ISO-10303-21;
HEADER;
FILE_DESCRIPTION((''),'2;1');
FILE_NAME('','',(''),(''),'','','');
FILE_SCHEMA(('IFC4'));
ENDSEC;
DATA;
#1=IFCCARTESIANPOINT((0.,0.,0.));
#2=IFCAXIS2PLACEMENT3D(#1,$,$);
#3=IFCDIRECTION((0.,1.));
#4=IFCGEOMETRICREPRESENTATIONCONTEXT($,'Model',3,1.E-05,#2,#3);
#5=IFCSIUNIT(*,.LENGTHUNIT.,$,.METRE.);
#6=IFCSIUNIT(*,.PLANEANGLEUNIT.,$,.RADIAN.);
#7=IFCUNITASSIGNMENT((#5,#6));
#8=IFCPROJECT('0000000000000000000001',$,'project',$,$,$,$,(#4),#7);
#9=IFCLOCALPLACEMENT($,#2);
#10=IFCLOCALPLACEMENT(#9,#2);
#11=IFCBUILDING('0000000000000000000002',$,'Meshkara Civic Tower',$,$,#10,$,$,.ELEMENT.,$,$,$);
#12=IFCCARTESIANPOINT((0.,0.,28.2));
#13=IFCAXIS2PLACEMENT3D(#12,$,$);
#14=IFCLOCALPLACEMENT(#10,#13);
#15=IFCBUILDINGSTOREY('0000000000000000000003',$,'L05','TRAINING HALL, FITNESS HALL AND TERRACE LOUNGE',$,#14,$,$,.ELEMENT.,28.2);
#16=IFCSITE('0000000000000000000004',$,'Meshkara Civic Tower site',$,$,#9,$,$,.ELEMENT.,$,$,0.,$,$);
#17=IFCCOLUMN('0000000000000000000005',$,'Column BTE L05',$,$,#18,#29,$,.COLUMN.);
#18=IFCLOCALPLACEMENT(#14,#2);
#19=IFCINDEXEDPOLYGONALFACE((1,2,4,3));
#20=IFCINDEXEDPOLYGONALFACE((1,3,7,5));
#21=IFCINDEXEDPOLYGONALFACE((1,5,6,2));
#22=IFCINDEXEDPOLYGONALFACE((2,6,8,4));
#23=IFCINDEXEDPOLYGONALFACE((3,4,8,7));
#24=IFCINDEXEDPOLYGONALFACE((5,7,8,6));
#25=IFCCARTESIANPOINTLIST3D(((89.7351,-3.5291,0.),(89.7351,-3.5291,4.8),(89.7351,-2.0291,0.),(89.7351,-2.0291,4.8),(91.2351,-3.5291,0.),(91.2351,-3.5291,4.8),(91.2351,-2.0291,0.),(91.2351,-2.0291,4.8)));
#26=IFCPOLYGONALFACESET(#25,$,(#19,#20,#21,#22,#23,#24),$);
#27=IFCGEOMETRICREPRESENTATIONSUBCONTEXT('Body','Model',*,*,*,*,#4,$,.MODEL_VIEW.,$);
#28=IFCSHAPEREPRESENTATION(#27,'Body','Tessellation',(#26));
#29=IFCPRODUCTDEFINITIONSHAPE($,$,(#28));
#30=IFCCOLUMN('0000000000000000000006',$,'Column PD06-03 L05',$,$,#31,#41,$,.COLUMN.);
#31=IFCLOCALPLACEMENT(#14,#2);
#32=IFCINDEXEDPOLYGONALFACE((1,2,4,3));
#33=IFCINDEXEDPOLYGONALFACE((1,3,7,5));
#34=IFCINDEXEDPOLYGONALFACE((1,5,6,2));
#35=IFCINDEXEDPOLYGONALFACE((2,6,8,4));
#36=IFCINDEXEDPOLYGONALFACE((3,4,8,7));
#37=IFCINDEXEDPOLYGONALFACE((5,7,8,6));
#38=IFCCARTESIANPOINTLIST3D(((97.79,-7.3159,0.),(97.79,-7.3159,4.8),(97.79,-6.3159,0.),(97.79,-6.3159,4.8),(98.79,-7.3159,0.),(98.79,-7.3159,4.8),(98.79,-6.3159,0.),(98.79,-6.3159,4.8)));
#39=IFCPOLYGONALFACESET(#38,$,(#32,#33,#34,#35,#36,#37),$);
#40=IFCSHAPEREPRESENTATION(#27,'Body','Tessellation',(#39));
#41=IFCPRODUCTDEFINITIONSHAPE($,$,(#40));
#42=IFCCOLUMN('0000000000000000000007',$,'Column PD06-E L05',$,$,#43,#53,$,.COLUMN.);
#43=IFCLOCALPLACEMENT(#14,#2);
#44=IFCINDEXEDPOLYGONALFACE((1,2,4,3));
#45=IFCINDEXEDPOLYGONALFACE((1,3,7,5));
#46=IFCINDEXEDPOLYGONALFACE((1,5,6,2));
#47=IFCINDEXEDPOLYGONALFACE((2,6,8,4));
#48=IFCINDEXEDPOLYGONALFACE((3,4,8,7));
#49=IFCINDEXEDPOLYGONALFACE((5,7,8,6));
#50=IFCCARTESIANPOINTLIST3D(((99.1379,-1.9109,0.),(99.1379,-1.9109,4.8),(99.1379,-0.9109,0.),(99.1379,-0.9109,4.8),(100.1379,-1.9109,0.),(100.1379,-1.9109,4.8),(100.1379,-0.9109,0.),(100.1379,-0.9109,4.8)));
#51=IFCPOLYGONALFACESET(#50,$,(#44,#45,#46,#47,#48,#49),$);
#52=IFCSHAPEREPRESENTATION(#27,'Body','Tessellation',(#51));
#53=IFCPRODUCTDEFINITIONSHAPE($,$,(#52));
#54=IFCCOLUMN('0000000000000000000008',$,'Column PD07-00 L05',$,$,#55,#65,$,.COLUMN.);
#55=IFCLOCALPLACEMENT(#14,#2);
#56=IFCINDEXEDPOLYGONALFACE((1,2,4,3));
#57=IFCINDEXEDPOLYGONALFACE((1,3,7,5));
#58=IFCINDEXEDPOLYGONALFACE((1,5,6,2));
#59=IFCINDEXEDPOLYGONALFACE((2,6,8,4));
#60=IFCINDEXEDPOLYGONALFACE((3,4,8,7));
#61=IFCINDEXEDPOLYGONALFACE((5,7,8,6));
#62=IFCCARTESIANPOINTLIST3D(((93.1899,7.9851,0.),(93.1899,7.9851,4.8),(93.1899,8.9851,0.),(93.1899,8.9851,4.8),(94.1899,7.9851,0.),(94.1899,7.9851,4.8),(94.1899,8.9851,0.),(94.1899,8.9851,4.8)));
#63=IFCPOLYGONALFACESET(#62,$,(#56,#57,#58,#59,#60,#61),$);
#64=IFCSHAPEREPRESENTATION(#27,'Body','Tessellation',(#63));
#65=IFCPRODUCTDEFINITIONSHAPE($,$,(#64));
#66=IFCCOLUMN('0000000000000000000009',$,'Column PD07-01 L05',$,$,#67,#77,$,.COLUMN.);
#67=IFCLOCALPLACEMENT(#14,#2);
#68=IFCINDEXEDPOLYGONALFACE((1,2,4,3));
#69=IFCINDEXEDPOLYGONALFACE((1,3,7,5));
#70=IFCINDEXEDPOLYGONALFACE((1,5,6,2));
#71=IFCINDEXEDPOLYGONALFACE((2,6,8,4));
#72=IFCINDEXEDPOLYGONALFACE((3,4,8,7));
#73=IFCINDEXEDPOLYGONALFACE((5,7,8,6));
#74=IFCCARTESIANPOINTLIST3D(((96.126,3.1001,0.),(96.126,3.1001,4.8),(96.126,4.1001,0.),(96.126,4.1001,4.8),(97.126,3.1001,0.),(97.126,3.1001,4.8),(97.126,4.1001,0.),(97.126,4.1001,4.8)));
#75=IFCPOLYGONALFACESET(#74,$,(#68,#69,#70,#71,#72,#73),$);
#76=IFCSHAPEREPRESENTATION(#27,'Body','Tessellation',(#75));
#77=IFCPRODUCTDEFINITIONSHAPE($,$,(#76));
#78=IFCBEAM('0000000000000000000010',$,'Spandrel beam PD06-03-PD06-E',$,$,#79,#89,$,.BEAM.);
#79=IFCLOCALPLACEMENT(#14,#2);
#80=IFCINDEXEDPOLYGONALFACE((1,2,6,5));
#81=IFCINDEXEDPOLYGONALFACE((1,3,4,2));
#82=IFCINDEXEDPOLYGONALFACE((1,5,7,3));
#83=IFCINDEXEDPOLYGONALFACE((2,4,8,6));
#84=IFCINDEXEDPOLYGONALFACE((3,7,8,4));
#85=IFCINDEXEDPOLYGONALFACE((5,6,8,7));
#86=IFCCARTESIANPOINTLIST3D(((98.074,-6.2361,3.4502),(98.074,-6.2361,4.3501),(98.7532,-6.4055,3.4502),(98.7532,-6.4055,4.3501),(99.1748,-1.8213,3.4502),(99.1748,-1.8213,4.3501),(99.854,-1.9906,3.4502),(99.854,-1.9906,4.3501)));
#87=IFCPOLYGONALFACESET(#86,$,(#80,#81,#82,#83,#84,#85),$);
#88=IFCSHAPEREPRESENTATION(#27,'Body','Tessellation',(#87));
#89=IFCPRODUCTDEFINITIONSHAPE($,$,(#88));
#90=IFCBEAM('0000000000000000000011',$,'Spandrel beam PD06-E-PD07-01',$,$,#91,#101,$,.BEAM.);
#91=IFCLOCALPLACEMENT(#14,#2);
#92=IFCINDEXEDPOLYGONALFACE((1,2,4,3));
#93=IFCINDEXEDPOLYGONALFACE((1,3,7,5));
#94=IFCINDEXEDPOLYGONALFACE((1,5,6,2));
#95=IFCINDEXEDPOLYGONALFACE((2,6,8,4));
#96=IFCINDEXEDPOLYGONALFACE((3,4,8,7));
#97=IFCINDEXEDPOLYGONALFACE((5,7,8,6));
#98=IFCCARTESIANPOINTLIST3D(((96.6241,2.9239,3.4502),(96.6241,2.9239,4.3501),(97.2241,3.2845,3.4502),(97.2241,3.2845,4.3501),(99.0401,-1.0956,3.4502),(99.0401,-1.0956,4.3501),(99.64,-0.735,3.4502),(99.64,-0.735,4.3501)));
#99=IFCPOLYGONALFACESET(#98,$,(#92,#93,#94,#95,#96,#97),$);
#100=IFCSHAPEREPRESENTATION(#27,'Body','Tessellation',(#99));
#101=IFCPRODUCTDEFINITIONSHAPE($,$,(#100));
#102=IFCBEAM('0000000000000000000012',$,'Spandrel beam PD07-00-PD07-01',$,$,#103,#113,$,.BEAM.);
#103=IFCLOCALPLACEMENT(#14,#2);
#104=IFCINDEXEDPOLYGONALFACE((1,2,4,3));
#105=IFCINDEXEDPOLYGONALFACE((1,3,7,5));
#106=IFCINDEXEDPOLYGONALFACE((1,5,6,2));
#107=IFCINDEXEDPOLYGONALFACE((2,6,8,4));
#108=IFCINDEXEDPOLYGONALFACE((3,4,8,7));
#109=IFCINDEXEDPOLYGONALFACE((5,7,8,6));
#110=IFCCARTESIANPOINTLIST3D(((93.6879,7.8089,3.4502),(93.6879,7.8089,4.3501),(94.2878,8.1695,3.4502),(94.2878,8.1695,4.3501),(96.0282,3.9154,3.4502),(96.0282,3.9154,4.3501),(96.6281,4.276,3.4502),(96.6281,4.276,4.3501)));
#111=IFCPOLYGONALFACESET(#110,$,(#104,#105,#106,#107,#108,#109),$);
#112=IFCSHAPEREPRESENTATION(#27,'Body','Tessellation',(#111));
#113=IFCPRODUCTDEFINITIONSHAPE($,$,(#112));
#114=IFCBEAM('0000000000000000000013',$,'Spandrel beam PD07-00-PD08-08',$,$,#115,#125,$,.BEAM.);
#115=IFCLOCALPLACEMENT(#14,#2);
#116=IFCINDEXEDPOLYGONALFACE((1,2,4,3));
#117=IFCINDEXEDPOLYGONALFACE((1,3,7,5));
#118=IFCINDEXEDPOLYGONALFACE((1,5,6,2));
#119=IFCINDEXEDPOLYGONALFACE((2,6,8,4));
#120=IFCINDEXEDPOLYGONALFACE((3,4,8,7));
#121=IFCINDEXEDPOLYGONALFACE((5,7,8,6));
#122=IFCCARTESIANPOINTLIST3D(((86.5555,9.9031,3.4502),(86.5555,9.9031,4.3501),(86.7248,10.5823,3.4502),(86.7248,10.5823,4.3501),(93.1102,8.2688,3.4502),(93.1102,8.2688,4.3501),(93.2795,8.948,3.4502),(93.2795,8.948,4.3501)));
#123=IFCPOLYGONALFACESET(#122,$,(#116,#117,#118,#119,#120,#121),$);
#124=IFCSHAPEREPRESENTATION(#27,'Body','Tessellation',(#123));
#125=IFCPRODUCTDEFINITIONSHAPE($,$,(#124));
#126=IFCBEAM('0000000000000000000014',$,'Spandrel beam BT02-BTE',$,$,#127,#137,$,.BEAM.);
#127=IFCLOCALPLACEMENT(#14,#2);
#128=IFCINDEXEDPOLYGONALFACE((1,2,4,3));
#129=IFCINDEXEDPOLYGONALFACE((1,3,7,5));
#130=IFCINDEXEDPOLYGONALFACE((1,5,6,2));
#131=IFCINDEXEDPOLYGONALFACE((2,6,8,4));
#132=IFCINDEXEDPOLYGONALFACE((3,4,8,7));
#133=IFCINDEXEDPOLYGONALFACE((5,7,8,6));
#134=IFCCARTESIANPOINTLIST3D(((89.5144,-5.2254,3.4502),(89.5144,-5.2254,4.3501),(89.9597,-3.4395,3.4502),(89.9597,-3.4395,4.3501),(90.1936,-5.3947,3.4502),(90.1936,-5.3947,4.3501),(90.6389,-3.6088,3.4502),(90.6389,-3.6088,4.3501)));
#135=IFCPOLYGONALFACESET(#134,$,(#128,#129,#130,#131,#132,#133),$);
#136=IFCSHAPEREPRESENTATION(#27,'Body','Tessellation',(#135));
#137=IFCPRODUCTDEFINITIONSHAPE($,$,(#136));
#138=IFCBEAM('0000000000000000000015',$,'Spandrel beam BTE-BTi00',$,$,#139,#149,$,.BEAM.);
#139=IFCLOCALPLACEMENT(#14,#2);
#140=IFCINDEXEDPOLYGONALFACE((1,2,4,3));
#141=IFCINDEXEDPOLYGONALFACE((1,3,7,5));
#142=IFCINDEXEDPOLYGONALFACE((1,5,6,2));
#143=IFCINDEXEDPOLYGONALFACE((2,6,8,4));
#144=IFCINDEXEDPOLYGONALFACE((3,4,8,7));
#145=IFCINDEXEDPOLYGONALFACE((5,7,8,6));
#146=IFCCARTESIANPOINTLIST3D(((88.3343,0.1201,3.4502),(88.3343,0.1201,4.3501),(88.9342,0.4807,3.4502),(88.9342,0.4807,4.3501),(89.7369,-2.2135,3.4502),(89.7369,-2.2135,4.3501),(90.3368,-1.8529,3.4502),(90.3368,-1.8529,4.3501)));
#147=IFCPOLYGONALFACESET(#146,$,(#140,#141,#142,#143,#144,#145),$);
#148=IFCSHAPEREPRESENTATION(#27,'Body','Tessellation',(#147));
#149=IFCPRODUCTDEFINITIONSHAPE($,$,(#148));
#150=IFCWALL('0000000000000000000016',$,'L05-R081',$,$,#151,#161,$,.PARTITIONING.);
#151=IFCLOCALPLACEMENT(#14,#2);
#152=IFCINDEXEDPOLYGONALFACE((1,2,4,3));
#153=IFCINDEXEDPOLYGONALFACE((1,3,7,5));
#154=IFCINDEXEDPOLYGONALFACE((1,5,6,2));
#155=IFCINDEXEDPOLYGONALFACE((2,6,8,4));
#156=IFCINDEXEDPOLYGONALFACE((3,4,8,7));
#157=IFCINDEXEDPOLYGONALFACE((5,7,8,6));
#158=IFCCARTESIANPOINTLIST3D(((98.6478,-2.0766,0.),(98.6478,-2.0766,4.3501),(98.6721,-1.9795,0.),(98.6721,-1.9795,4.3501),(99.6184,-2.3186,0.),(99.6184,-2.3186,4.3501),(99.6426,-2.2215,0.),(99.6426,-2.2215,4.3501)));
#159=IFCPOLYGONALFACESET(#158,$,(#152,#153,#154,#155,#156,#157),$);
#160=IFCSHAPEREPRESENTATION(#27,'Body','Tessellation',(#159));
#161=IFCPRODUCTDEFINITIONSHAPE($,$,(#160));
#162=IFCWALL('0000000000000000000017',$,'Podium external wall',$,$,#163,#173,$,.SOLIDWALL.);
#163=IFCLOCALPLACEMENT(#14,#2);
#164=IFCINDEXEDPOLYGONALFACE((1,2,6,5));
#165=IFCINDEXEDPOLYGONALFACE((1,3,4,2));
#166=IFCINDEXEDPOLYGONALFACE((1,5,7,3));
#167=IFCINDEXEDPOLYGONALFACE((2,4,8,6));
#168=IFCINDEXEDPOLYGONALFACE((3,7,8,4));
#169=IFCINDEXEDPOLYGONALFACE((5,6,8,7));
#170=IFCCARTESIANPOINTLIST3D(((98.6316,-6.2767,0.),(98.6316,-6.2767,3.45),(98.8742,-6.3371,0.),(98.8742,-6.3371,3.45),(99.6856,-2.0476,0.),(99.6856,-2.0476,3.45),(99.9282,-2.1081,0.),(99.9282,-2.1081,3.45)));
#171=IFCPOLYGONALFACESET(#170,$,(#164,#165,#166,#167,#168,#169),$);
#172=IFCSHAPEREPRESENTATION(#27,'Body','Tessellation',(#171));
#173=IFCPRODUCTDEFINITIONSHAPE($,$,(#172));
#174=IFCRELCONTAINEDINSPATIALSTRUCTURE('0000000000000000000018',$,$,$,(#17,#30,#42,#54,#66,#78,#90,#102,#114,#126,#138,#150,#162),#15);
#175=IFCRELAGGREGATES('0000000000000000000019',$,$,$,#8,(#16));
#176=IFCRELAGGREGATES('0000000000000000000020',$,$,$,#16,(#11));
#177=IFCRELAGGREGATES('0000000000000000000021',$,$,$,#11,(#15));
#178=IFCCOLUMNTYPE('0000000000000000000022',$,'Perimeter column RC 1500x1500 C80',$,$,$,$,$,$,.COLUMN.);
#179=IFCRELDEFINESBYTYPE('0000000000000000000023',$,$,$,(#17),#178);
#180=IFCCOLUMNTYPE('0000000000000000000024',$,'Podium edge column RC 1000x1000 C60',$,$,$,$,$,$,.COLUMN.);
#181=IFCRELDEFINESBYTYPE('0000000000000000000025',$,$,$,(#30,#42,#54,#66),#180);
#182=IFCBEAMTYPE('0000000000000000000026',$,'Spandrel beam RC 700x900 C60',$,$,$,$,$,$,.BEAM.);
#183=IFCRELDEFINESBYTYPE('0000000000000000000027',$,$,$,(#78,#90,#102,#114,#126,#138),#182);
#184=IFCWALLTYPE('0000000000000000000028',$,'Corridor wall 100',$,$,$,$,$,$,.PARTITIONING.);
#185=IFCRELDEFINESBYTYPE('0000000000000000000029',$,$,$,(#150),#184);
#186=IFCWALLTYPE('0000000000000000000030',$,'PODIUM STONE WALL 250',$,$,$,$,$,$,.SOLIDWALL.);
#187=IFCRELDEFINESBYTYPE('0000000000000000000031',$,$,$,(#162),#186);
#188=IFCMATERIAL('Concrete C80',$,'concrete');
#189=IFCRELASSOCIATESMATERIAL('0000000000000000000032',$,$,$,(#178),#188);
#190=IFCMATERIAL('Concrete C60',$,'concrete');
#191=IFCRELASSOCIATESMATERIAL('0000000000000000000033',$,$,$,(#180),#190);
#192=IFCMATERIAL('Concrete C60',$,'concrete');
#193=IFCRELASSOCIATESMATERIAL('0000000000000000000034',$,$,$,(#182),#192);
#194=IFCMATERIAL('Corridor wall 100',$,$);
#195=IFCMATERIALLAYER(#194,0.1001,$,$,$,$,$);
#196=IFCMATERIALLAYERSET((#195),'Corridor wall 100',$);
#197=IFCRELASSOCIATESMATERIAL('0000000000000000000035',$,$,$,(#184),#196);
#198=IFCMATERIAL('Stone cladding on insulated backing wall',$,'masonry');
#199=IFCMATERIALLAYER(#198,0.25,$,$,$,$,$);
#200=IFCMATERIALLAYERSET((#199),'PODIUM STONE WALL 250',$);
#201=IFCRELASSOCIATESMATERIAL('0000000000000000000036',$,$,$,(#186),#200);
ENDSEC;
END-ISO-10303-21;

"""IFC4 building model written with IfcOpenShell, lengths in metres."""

from ifc_helpers import new_model, si_unit, direction, frame, frame_2d, origin, origin_2d, place, context, subcontext, project, spatial, rectangle, extrude, material, layer, layer_set, material_profile, profile_set, type_object, element, save


model = new_model("IFC4")

# Units and contexts
model_context = context("Model", 3, precision=1e-05, world=origin(), true_north=direction((0.0, 1.0)))
body_context = subcontext(model_context, "Body", "Model", "MODEL_VIEW")
ifc_project = project(units=[si_unit("LENGTHUNIT", "METRE"), si_unit("PLANEANGLEUNIT", "RADIAN")], contexts=[model_context])

# Site, building, storey
site_placement = place(None, origin())
site = spatial("IfcSite", under=ifc_project, at=site_placement, Name="Meshkara Civic Tower site", CompositionType="ELEMENT", RefElevation=0.0)
building_placement = place(site_placement, origin())
building = spatial("IfcBuilding", under=site, at=building_placement, Name="Meshkara Civic Tower", CompositionType="ELEMENT")
storey_placement = place(building_placement, frame((0.0, 0.0, 28.2)))
storey = spatial("IfcBuildingStorey", under=building, at=storey_placement, Name="L05", Description="TRAINING HALL, FITNESS HALL AND TERRACE LOUNGE", CompositionType="ELEMENT", Elevation=28.2)

# Columns
ifc_material_1 = material(Name="Concrete C80", Category="concrete")
ifc_material_profile_1 = material_profile(ifc_material_1, rectangle(XDim=1.5, YDim=1.5, at=origin_2d()))
ifc_profile_set_1 = profile_set([ifc_material_profile_1], Name="Concrete C80")
column_type_1 = type_object("IfcColumnType", Name="Perimeter column RC 1500x1500 C80", PredefinedType="COLUMN", material=ifc_profile_set_1)
column_placement = place(storey_placement, frame((90.4851, -2.7791, 0.0), z_axis=(0.0, 0.0, 1.0), x_axis=(1.0, 0.0, 0.0)))
element("IfcColumn", 1, at=column_placement, inside=storey, type_object=column_type_1, Name="Column BTE L05", PredefinedType="COLUMN", context=body_context, shape_type="SweptSolid", body=[
    extrude(rectangle(XDim=1.5, YDim=1.5, at=origin_2d()), origin(), (0.0, 0.0, 1.0), 4.8),
])
ifc_material_2 = material(Name="Concrete C60", Category="concrete")
ifc_material_profile_2 = material_profile(ifc_material_2, rectangle(XDim=1.0, YDim=1.0, at=origin_2d()))
ifc_profile_set_2 = profile_set([ifc_material_profile_2], Name="Concrete C60")
column_type_2 = type_object("IfcColumnType", Name="Podium edge column RC 1000x1000 C60", PredefinedType="COLUMN", material=ifc_profile_set_2)
for number, where, z_axis, x_axis, name in (
    (2, (98.29, -6.8159, 0.0), (0.0, 0.0, 1.0), (1.0, 0.0, 0.0), "Column PD06-03 L05"),
    (3, (99.6379, -1.4109, 0.0), (0.0, 0.0, 1.0), (1.0, 0.0, 0.0), "Column PD06-E L05"),
    (4, (93.6899, 8.4851, 0.0), (0.0, 0.0, 1.0), (1.0, 0.0, 0.0), "Column PD07-00 L05"),
    (5, (96.626, 3.6001, 0.0), (0.0, 0.0, 1.0), (1.0, 0.0, 0.0), "Column PD07-01 L05"),
):
    element("IfcColumn", number, at=place(storey_placement, frame(where, z_axis=z_axis, x_axis=x_axis)), inside=storey, type_object=column_type_2, Name=name, PredefinedType="COLUMN", context=body_context, shape_type="SweptSolid", body=[
        extrude(rectangle(XDim=1.0, YDim=1.0, at=origin_2d()), origin(), (0.0, 0.0, 1.0), 4.8),
    ])

# Beams
ifc_material_3 = material(Name="Concrete C60", Category="concrete")
ifc_material_profile_3 = material_profile(ifc_material_3, rectangle(XDim=0.7, YDim=0.8999, at=origin_2d()))
ifc_profile_set_3 = profile_set([ifc_material_profile_3], Name="Concrete C60")
beam_type = type_object("IfcBeamType", Name="Spandrel beam RC 700x900 C60", PredefinedType="BEAM", material=ifc_profile_set_3)
beam_1_placement = place(storey_placement, frame((98.4136, -6.3208, 3.9001), z_axis=(0.241942, 0.970291, 0.0), x_axis=(-0.970291, 0.241942, 0.0)))
element("IfcBeam", 6, at=beam_1_placement, inside=storey, type_object=beam_type, Name="Spandrel beam PD06-03-PD06-E", PredefinedType="BEAM", context=body_context, shape_type="SweptSolid", body=[
    extrude(rectangle(XDim=0.7, YDim=0.8999, at=origin_2d()), origin(), (0.0, 0.0, 1.0), 4.55),
])
beam_2_placement = place(storey_placement, frame((99.3401, -0.9153, 3.9001), z_axis=(-0.515169, 0.857088, 0.0), x_axis=(-0.857088, -0.515169, 0.0)))
element("IfcBeam", 7, at=beam_2_placement, inside=storey, type_object=beam_type, Name="Spandrel beam PD06-E-PD07-01", PredefinedType="BEAM", context=body_context, shape_type="SweptSolid", body=[
    extrude(rectangle(XDim=0.7, YDim=0.8999, at=origin_2d()), origin(), (0.0, 0.0, 1.0), 4.6897),
])
beam_3_placement = place(storey_placement, frame((96.3281, 4.0957, 3.9001), z_axis=(-0.515175, 0.857085, 0.0), x_axis=(-0.857085, -0.515175, 0.0)))
element("IfcBeam", 8, at=beam_3_placement, inside=storey, type_object=beam_type, Name="Spandrel beam PD07-00-PD07-01", PredefinedType="BEAM", context=body_context, shape_type="SweptSolid", body=[
    extrude(rectangle(XDim=0.7, YDim=0.8999, at=origin_2d()), origin(), (0.0, 0.0, 1.0), 4.5427),
])
beam_4_placement = place(storey_placement, frame((93.1948, 8.6084, 3.9001), z_axis=(-0.970295, 0.241923, 0.0), x_axis=(-0.241923, -0.970295, 0.0)))
element("IfcBeam", 9, at=beam_4_placement, inside=storey, type_object=beam_type, Name="Spandrel beam PD07-00-PD08-08", PredefinedType="BEAM", context=body_context, shape_type="SweptSolid", body=[
    extrude(rectangle(XDim=0.7, YDim=0.8999, at=origin_2d()), origin(), (0.0, 0.0, 1.0), 6.7554),
])
beam_5_placement = place(storey_placement, frame((89.854, -5.3101, 3.9001), z_axis=(0.241943, 0.970291, 0.0), x_axis=(-0.970291, 0.241943, 0.0)))
element("IfcBeam", 10, at=beam_5_placement, inside=storey, type_object=beam_type, Name="Spandrel beam BT02-BTE", PredefinedType="BEAM", context=body_context, shape_type="SweptSolid", body=[
    extrude(rectangle(XDim=0.7, YDim=0.8999, at=origin_2d()), origin(), (0.0, 0.0, 1.0), 1.8406),
])
beam_6_placement = place(storey_placement, frame((90.0369, -2.0332, 3.9001), z_axis=(-0.515168, 0.857089, 0.0), x_axis=(-0.857089, -0.515168, 0.0)))
element("IfcBeam", 11, at=beam_6_placement, inside=storey, type_object=beam_type, Name="Spandrel beam BTE-BTi00", PredefinedType="BEAM", context=body_context, shape_type="SweptSolid", body=[
    extrude(rectangle(XDim=0.7, YDim=0.8999, at=origin_2d()), origin(), (0.0, 0.0, 1.0), 2.7227),
])

# Walls
ifc_material_4 = material(Name="Corridor wall 100")
ifc_layer_1 = layer(ifc_material_4, 0.1001)
ifc_layer_set_1 = layer_set([ifc_layer_1], Name="Corridor wall 100")
wall_type_1 = type_object("IfcWallType", Name="Corridor wall 100", PredefinedType="PARTITIONING", material=ifc_layer_set_1)
wall_1_placement = place(storey_placement, frame((99.6304, -2.27, 0.0), z_axis=(0.0, 0.0, 1.0), x_axis=(-0.9703, 0.241904, 0.0)))
element("IfcWall", 12, at=wall_1_placement, inside=storey, type_object=wall_type_1, Name="L05-R081", PredefinedType="PARTITIONING", context=body_context, shape_type="SweptSolid", body=[
    extrude(rectangle(XDim=1.0002, YDim=0.1001, at=frame_2d((0.5, 0.0))), origin(), (0.0, 0.0, 1.0), 4.3501),
])
ifc_material_5 = material(Name="Stone cladding on insulated backing wall", Category="masonry")
ifc_layer_2 = layer(ifc_material_5, 0.25)
ifc_layer_set_2 = layer_set([ifc_layer_2], Name="PODIUM STONE WALL 250")
wall_type_2 = type_object("IfcWallType", Name="PODIUM STONE WALL 250", PredefinedType="SOLIDWALL", material=ifc_layer_set_2)
wall_2_placement = place(storey_placement, frame((98.7529, -6.3069, 0.0), z_axis=(0.0, 0.0, 1.0), x_axis=(0.241824, 0.97032, 0.0)))
element("IfcWall", 13, at=wall_2_placement, inside=storey, type_object=wall_type_2, Name="Podium external wall", PredefinedType="SOLIDWALL", context=body_context, shape_type="SweptSolid", body=[
    extrude(rectangle(XDim=4.3584, YDim=0.25, at=frame_2d((2.1792, 0.0))), origin(), (0.0, 0.0, 1.0), 3.45),
])

save(model, "model.ifc")
